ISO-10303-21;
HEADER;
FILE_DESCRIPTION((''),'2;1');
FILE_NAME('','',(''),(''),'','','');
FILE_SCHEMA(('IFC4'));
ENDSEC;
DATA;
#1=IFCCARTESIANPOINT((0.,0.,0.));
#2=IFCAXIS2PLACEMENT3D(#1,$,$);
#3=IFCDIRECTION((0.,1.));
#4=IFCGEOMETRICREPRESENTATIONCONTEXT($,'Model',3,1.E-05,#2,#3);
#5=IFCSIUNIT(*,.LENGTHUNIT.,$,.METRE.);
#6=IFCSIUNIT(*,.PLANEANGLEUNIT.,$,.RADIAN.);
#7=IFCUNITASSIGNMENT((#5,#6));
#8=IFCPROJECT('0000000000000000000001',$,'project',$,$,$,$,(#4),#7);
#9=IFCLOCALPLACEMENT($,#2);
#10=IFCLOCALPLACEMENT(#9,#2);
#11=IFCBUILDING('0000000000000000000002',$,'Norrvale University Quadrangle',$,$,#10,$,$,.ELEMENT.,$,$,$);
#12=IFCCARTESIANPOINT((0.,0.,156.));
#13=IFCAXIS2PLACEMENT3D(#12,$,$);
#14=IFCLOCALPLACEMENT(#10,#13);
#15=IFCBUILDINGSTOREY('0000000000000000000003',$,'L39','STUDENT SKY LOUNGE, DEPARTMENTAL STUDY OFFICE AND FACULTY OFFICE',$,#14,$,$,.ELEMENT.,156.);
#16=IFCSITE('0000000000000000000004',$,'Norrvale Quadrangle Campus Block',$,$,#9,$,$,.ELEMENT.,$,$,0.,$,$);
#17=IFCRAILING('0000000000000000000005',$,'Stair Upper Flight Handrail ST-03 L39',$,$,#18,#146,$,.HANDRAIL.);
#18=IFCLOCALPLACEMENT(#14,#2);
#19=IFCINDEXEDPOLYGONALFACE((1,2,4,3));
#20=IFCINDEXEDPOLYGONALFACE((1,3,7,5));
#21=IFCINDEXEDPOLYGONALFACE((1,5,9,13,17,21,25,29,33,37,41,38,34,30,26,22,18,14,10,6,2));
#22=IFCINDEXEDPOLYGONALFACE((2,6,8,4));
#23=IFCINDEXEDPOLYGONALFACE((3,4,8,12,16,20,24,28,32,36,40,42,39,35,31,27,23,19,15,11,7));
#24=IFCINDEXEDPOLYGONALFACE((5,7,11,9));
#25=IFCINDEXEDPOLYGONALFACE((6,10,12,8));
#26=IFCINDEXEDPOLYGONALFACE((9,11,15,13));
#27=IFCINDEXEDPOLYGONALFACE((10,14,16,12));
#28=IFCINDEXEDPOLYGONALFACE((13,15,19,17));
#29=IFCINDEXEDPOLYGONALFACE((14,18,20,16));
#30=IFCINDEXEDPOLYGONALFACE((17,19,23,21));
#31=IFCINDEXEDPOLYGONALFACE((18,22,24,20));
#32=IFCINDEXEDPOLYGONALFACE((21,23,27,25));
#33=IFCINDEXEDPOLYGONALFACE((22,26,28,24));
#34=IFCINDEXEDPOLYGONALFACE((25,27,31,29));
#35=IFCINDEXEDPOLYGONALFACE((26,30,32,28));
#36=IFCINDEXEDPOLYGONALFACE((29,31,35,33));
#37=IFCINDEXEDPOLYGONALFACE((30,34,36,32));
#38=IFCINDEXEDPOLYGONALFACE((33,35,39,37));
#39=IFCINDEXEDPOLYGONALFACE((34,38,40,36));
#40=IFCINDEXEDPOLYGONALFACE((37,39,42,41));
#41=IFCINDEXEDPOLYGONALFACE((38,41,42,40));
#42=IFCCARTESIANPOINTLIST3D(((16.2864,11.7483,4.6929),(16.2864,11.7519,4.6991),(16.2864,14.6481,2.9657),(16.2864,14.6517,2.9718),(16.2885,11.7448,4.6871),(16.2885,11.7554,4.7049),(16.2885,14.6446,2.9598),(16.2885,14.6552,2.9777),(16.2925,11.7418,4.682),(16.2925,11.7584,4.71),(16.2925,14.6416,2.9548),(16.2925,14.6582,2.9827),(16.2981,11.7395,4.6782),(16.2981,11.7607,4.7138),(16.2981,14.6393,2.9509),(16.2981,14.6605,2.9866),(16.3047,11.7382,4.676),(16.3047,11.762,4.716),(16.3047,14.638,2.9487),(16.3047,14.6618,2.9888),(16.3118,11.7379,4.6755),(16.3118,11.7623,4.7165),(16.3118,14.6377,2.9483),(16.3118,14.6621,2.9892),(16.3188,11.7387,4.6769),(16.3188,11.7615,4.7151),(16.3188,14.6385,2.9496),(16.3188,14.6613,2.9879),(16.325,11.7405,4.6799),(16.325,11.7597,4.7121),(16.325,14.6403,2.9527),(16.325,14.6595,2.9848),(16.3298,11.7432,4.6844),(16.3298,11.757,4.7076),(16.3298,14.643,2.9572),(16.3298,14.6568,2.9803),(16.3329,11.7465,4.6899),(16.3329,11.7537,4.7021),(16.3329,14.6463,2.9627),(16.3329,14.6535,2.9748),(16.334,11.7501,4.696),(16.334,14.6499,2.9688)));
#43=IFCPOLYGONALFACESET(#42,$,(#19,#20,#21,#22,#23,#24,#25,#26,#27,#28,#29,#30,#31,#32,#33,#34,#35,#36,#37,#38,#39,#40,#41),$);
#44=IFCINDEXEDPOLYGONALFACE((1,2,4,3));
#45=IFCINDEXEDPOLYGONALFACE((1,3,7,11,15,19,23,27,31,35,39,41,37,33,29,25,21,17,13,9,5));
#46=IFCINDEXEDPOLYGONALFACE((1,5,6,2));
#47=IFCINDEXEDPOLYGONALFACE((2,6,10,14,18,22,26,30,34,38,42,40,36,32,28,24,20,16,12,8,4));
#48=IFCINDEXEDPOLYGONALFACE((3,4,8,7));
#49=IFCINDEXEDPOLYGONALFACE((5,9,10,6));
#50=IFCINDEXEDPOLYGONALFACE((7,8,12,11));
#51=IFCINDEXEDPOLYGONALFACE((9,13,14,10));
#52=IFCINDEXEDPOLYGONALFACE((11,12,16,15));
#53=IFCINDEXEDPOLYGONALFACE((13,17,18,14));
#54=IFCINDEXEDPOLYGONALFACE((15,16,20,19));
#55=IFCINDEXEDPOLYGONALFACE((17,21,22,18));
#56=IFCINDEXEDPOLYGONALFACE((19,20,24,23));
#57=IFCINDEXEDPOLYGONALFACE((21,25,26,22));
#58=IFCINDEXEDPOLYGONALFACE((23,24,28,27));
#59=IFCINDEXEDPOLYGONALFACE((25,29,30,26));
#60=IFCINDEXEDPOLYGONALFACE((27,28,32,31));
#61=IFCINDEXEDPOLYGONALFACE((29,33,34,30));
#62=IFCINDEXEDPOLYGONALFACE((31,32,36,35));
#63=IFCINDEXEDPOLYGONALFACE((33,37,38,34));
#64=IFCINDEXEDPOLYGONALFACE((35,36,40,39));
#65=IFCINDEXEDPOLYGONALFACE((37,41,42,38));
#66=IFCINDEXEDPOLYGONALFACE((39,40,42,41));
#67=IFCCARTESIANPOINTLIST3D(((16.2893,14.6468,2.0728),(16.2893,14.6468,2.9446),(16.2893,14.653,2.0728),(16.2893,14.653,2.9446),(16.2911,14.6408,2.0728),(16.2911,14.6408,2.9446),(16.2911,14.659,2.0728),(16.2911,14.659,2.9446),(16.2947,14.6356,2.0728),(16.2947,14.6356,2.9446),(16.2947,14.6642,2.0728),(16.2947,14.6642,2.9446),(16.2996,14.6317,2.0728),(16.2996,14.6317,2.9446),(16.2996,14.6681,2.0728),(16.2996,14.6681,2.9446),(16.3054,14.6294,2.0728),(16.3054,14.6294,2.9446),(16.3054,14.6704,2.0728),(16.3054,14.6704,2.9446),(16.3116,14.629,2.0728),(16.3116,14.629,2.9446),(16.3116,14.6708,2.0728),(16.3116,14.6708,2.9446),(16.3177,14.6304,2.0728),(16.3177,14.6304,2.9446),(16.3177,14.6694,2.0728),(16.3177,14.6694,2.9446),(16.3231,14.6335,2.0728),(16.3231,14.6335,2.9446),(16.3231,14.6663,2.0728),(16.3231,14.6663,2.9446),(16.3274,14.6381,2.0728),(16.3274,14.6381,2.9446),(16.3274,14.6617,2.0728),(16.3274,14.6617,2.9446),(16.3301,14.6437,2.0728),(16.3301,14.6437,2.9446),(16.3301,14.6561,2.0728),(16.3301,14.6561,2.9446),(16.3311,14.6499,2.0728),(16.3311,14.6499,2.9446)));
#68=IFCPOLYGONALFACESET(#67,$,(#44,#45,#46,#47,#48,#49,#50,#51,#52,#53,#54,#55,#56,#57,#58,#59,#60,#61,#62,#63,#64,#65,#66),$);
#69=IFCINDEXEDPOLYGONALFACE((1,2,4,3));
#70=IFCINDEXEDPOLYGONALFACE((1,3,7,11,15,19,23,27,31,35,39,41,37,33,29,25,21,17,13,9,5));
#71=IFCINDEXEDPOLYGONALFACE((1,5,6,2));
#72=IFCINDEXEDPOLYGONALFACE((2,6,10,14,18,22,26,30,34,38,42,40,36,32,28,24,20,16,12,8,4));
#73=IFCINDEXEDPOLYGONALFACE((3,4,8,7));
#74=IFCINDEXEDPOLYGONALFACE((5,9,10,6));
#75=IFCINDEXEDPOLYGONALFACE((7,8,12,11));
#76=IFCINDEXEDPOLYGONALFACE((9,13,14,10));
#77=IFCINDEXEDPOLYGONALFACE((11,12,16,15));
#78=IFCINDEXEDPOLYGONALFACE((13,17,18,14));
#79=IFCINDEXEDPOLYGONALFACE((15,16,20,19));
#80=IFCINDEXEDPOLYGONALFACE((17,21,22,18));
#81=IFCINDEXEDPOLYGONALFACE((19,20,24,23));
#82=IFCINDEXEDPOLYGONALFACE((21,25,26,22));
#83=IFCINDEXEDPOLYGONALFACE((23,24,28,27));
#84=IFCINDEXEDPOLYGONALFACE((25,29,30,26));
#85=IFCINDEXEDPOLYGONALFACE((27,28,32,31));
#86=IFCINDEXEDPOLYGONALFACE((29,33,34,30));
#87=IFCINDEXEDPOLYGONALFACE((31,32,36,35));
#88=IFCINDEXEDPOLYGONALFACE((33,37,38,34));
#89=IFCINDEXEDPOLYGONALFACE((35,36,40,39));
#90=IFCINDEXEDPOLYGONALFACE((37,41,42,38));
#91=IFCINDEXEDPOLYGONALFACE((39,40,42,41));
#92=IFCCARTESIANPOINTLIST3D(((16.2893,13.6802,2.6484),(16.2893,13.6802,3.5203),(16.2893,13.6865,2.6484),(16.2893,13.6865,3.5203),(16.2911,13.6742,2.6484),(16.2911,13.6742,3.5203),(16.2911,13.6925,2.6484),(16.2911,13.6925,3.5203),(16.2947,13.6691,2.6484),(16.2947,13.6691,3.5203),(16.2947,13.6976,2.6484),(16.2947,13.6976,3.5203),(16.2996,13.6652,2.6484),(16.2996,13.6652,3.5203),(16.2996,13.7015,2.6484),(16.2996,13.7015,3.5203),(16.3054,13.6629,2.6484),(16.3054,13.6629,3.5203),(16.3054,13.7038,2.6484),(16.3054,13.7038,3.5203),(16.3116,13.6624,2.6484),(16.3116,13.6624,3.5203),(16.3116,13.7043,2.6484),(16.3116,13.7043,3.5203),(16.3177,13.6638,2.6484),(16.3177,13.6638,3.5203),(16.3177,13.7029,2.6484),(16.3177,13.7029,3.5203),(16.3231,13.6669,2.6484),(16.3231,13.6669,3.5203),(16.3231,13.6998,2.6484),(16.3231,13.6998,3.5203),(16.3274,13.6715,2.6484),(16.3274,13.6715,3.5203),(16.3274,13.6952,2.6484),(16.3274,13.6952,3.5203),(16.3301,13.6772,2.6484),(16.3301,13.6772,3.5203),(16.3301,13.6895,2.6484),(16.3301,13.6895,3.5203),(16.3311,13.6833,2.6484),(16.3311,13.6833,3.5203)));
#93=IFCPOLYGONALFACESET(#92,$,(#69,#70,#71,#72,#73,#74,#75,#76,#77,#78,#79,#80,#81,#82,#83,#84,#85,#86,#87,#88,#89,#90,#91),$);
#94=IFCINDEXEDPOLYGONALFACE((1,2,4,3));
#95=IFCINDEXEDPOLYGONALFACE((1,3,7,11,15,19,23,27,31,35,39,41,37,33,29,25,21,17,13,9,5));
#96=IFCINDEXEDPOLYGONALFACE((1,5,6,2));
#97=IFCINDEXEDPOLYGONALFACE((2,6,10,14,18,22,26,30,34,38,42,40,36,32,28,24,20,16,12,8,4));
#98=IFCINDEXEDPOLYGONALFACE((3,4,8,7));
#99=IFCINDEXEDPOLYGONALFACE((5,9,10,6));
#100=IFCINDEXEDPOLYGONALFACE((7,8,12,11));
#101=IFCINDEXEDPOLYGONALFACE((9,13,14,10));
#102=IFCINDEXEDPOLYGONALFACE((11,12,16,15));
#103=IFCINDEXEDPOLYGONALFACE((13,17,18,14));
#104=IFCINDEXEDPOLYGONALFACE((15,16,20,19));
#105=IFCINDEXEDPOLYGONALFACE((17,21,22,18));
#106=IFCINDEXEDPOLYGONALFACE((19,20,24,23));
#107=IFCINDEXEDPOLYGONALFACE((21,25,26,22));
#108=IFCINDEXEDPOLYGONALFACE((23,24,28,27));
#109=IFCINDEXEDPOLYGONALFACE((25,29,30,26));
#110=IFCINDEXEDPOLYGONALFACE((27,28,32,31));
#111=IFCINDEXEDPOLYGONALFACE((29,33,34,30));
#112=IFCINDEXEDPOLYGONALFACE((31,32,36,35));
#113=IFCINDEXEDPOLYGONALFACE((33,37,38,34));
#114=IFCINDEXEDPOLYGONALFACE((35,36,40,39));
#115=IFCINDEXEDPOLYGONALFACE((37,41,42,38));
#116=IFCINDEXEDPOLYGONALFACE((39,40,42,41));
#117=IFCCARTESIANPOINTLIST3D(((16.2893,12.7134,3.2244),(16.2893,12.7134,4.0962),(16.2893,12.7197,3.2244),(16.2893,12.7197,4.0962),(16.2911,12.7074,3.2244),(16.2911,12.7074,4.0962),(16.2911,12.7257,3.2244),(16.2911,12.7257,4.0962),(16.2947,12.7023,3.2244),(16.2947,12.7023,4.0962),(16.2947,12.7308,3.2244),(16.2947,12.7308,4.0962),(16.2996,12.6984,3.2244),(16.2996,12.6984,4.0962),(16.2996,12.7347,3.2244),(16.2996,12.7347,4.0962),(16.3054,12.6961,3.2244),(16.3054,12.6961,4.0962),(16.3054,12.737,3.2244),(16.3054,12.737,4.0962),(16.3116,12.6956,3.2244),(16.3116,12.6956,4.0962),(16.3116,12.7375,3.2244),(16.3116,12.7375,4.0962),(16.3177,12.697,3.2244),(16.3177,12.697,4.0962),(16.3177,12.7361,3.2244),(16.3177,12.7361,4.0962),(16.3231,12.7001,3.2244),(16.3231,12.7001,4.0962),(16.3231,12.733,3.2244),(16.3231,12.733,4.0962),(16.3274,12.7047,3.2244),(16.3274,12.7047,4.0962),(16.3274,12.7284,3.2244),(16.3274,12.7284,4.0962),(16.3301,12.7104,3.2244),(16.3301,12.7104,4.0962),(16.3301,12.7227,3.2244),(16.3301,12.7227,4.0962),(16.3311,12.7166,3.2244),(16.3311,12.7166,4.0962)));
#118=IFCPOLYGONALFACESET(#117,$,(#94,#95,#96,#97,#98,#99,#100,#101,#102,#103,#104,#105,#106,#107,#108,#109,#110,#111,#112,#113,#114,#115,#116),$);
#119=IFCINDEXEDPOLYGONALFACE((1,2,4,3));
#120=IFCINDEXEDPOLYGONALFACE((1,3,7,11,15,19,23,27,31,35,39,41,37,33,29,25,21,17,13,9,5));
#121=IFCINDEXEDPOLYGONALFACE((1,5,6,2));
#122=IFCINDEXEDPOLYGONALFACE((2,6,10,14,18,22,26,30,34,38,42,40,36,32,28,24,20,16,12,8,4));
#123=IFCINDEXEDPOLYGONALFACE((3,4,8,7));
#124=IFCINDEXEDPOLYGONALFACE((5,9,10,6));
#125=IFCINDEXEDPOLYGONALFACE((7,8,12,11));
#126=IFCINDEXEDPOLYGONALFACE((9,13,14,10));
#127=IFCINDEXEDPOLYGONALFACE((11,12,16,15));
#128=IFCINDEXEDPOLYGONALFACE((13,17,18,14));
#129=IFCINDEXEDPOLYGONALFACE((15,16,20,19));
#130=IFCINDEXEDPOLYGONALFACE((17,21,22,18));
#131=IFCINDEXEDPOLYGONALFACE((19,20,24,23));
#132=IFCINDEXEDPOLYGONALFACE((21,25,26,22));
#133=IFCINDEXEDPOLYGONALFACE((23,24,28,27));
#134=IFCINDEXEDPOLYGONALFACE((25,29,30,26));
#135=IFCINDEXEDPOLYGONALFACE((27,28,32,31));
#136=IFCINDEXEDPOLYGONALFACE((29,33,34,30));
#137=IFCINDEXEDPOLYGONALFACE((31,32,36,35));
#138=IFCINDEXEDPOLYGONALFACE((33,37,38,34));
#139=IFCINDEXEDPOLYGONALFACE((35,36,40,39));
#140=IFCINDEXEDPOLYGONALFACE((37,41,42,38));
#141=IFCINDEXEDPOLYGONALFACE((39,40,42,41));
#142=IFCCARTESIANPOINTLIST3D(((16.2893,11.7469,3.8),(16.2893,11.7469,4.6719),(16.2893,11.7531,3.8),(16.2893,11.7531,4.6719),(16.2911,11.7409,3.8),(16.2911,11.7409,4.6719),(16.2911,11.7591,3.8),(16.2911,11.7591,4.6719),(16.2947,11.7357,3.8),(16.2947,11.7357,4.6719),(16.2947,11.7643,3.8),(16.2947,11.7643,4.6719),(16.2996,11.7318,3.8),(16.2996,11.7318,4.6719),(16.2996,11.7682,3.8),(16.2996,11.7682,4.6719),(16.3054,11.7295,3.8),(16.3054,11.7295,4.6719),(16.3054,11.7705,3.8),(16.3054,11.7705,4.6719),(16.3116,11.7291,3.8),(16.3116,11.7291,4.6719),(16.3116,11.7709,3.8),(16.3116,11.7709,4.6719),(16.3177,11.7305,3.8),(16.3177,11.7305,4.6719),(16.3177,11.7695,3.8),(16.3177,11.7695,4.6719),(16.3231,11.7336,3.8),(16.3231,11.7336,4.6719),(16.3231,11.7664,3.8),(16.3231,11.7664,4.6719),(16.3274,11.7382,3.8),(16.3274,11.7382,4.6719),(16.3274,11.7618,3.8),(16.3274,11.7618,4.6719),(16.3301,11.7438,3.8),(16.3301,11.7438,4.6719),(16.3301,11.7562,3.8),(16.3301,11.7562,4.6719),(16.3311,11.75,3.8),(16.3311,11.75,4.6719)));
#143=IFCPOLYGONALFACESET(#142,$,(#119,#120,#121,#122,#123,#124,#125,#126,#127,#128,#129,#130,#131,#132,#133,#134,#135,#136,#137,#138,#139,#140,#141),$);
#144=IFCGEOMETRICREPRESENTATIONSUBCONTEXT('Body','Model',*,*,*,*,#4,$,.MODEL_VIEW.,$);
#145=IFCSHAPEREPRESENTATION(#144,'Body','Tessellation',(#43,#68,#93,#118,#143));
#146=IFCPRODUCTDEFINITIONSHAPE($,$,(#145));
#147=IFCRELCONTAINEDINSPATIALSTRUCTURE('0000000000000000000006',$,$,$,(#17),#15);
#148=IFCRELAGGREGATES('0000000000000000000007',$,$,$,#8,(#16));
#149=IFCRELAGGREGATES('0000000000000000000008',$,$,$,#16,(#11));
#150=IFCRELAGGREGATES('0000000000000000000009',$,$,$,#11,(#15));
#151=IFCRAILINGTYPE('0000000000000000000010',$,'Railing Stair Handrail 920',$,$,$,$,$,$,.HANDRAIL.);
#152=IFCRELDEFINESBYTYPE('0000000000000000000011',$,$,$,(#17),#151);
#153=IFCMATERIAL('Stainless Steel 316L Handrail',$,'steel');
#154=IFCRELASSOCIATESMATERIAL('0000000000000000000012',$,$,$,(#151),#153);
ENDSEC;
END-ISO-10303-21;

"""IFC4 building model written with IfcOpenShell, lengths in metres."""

from ifc_helpers import new_model, si_unit, direction, frame, origin, origin_2d, place, context, subcontext, project, spatial, circle, extrude, material, type_object, element, save


model = new_model("IFC4")

# Units and contexts
model_context = context("Model", 3, precision=1e-05, world=origin(), true_north=direction((0.0, 1.0)))
body_context = subcontext(model_context, "Body", "Model", "MODEL_VIEW")
ifc_project = project(units=[si_unit("LENGTHUNIT", "METRE"), si_unit("PLANEANGLEUNIT", "RADIAN")], contexts=[model_context])

# Site, building, storey
site_placement = place(None, origin())
site = spatial("IfcSite", under=ifc_project, at=site_placement, Name="Norrvale Quadrangle Campus Block", CompositionType="ELEMENT", RefElevation=0.0)
building_placement = place(site_placement, origin())
building = spatial("IfcBuilding", under=site, at=building_placement, Name="Norrvale University Quadrangle", CompositionType="ELEMENT")
storey_placement = place(building_placement, frame((0.0, 0.0, 156.0)))
storey = spatial("IfcBuildingStorey", under=building, at=storey_placement, Name="L39", Description="STUDENT SKY LOUNGE, DEPARTMENTAL STUDY OFFICE AND FACULTY OFFICE", CompositionType="ELEMENT", Elevation=156.0)

# Railing
ifc_material_1 = material(Name="Stainless Steel 316L Handrail", Category="steel")
railing_type_1 = type_object("IfcRailingType", Name="Railing Stair Handrail 920", PredefinedType="HANDRAIL", material=ifc_material_1)
railing_1_placement = place(storey_placement, frame((16.3101, 14.6499, 2.0728)))
element("IfcRailing", 1, at=railing_1_placement, inside=storey, type_object=railing_type_1, Name="Stair Upper Flight Handrail ST-03 L39", PredefinedType="HANDRAIL", context=body_context, shape_type="SweptSolid", body=[
    extrude(circle(Radius=0.0239, at=origin_2d()), frame((0.0, 0.0, 0.896), z_axis=(0.0, -0.859141, 0.511738), x_axis=(1.0, 0.0, 0.0)), (0.0, 0.0, 1.0), 3.3752),
    extrude(circle(Radius=0.021, at=origin_2d()), origin(), (0.0, 0.0, 1.0), 0.8718),
    extrude(circle(Radius=0.021, at=origin_2d()), frame((0.0, -0.9666, 0.5757)), (0.0, 0.0, 1.0), 0.8718),
    extrude(circle(Radius=0.021, at=origin_2d()), frame((0.0, -1.9333, 1.1516)), (0.0, 0.0, 1.0), 0.8718),
    extrude(circle(Radius=0.021, at=origin_2d()), frame((0.0, -2.8999, 1.7273)), (0.0, 0.0, 1.0), 0.8718),
])

save(model, "model.ifc")
